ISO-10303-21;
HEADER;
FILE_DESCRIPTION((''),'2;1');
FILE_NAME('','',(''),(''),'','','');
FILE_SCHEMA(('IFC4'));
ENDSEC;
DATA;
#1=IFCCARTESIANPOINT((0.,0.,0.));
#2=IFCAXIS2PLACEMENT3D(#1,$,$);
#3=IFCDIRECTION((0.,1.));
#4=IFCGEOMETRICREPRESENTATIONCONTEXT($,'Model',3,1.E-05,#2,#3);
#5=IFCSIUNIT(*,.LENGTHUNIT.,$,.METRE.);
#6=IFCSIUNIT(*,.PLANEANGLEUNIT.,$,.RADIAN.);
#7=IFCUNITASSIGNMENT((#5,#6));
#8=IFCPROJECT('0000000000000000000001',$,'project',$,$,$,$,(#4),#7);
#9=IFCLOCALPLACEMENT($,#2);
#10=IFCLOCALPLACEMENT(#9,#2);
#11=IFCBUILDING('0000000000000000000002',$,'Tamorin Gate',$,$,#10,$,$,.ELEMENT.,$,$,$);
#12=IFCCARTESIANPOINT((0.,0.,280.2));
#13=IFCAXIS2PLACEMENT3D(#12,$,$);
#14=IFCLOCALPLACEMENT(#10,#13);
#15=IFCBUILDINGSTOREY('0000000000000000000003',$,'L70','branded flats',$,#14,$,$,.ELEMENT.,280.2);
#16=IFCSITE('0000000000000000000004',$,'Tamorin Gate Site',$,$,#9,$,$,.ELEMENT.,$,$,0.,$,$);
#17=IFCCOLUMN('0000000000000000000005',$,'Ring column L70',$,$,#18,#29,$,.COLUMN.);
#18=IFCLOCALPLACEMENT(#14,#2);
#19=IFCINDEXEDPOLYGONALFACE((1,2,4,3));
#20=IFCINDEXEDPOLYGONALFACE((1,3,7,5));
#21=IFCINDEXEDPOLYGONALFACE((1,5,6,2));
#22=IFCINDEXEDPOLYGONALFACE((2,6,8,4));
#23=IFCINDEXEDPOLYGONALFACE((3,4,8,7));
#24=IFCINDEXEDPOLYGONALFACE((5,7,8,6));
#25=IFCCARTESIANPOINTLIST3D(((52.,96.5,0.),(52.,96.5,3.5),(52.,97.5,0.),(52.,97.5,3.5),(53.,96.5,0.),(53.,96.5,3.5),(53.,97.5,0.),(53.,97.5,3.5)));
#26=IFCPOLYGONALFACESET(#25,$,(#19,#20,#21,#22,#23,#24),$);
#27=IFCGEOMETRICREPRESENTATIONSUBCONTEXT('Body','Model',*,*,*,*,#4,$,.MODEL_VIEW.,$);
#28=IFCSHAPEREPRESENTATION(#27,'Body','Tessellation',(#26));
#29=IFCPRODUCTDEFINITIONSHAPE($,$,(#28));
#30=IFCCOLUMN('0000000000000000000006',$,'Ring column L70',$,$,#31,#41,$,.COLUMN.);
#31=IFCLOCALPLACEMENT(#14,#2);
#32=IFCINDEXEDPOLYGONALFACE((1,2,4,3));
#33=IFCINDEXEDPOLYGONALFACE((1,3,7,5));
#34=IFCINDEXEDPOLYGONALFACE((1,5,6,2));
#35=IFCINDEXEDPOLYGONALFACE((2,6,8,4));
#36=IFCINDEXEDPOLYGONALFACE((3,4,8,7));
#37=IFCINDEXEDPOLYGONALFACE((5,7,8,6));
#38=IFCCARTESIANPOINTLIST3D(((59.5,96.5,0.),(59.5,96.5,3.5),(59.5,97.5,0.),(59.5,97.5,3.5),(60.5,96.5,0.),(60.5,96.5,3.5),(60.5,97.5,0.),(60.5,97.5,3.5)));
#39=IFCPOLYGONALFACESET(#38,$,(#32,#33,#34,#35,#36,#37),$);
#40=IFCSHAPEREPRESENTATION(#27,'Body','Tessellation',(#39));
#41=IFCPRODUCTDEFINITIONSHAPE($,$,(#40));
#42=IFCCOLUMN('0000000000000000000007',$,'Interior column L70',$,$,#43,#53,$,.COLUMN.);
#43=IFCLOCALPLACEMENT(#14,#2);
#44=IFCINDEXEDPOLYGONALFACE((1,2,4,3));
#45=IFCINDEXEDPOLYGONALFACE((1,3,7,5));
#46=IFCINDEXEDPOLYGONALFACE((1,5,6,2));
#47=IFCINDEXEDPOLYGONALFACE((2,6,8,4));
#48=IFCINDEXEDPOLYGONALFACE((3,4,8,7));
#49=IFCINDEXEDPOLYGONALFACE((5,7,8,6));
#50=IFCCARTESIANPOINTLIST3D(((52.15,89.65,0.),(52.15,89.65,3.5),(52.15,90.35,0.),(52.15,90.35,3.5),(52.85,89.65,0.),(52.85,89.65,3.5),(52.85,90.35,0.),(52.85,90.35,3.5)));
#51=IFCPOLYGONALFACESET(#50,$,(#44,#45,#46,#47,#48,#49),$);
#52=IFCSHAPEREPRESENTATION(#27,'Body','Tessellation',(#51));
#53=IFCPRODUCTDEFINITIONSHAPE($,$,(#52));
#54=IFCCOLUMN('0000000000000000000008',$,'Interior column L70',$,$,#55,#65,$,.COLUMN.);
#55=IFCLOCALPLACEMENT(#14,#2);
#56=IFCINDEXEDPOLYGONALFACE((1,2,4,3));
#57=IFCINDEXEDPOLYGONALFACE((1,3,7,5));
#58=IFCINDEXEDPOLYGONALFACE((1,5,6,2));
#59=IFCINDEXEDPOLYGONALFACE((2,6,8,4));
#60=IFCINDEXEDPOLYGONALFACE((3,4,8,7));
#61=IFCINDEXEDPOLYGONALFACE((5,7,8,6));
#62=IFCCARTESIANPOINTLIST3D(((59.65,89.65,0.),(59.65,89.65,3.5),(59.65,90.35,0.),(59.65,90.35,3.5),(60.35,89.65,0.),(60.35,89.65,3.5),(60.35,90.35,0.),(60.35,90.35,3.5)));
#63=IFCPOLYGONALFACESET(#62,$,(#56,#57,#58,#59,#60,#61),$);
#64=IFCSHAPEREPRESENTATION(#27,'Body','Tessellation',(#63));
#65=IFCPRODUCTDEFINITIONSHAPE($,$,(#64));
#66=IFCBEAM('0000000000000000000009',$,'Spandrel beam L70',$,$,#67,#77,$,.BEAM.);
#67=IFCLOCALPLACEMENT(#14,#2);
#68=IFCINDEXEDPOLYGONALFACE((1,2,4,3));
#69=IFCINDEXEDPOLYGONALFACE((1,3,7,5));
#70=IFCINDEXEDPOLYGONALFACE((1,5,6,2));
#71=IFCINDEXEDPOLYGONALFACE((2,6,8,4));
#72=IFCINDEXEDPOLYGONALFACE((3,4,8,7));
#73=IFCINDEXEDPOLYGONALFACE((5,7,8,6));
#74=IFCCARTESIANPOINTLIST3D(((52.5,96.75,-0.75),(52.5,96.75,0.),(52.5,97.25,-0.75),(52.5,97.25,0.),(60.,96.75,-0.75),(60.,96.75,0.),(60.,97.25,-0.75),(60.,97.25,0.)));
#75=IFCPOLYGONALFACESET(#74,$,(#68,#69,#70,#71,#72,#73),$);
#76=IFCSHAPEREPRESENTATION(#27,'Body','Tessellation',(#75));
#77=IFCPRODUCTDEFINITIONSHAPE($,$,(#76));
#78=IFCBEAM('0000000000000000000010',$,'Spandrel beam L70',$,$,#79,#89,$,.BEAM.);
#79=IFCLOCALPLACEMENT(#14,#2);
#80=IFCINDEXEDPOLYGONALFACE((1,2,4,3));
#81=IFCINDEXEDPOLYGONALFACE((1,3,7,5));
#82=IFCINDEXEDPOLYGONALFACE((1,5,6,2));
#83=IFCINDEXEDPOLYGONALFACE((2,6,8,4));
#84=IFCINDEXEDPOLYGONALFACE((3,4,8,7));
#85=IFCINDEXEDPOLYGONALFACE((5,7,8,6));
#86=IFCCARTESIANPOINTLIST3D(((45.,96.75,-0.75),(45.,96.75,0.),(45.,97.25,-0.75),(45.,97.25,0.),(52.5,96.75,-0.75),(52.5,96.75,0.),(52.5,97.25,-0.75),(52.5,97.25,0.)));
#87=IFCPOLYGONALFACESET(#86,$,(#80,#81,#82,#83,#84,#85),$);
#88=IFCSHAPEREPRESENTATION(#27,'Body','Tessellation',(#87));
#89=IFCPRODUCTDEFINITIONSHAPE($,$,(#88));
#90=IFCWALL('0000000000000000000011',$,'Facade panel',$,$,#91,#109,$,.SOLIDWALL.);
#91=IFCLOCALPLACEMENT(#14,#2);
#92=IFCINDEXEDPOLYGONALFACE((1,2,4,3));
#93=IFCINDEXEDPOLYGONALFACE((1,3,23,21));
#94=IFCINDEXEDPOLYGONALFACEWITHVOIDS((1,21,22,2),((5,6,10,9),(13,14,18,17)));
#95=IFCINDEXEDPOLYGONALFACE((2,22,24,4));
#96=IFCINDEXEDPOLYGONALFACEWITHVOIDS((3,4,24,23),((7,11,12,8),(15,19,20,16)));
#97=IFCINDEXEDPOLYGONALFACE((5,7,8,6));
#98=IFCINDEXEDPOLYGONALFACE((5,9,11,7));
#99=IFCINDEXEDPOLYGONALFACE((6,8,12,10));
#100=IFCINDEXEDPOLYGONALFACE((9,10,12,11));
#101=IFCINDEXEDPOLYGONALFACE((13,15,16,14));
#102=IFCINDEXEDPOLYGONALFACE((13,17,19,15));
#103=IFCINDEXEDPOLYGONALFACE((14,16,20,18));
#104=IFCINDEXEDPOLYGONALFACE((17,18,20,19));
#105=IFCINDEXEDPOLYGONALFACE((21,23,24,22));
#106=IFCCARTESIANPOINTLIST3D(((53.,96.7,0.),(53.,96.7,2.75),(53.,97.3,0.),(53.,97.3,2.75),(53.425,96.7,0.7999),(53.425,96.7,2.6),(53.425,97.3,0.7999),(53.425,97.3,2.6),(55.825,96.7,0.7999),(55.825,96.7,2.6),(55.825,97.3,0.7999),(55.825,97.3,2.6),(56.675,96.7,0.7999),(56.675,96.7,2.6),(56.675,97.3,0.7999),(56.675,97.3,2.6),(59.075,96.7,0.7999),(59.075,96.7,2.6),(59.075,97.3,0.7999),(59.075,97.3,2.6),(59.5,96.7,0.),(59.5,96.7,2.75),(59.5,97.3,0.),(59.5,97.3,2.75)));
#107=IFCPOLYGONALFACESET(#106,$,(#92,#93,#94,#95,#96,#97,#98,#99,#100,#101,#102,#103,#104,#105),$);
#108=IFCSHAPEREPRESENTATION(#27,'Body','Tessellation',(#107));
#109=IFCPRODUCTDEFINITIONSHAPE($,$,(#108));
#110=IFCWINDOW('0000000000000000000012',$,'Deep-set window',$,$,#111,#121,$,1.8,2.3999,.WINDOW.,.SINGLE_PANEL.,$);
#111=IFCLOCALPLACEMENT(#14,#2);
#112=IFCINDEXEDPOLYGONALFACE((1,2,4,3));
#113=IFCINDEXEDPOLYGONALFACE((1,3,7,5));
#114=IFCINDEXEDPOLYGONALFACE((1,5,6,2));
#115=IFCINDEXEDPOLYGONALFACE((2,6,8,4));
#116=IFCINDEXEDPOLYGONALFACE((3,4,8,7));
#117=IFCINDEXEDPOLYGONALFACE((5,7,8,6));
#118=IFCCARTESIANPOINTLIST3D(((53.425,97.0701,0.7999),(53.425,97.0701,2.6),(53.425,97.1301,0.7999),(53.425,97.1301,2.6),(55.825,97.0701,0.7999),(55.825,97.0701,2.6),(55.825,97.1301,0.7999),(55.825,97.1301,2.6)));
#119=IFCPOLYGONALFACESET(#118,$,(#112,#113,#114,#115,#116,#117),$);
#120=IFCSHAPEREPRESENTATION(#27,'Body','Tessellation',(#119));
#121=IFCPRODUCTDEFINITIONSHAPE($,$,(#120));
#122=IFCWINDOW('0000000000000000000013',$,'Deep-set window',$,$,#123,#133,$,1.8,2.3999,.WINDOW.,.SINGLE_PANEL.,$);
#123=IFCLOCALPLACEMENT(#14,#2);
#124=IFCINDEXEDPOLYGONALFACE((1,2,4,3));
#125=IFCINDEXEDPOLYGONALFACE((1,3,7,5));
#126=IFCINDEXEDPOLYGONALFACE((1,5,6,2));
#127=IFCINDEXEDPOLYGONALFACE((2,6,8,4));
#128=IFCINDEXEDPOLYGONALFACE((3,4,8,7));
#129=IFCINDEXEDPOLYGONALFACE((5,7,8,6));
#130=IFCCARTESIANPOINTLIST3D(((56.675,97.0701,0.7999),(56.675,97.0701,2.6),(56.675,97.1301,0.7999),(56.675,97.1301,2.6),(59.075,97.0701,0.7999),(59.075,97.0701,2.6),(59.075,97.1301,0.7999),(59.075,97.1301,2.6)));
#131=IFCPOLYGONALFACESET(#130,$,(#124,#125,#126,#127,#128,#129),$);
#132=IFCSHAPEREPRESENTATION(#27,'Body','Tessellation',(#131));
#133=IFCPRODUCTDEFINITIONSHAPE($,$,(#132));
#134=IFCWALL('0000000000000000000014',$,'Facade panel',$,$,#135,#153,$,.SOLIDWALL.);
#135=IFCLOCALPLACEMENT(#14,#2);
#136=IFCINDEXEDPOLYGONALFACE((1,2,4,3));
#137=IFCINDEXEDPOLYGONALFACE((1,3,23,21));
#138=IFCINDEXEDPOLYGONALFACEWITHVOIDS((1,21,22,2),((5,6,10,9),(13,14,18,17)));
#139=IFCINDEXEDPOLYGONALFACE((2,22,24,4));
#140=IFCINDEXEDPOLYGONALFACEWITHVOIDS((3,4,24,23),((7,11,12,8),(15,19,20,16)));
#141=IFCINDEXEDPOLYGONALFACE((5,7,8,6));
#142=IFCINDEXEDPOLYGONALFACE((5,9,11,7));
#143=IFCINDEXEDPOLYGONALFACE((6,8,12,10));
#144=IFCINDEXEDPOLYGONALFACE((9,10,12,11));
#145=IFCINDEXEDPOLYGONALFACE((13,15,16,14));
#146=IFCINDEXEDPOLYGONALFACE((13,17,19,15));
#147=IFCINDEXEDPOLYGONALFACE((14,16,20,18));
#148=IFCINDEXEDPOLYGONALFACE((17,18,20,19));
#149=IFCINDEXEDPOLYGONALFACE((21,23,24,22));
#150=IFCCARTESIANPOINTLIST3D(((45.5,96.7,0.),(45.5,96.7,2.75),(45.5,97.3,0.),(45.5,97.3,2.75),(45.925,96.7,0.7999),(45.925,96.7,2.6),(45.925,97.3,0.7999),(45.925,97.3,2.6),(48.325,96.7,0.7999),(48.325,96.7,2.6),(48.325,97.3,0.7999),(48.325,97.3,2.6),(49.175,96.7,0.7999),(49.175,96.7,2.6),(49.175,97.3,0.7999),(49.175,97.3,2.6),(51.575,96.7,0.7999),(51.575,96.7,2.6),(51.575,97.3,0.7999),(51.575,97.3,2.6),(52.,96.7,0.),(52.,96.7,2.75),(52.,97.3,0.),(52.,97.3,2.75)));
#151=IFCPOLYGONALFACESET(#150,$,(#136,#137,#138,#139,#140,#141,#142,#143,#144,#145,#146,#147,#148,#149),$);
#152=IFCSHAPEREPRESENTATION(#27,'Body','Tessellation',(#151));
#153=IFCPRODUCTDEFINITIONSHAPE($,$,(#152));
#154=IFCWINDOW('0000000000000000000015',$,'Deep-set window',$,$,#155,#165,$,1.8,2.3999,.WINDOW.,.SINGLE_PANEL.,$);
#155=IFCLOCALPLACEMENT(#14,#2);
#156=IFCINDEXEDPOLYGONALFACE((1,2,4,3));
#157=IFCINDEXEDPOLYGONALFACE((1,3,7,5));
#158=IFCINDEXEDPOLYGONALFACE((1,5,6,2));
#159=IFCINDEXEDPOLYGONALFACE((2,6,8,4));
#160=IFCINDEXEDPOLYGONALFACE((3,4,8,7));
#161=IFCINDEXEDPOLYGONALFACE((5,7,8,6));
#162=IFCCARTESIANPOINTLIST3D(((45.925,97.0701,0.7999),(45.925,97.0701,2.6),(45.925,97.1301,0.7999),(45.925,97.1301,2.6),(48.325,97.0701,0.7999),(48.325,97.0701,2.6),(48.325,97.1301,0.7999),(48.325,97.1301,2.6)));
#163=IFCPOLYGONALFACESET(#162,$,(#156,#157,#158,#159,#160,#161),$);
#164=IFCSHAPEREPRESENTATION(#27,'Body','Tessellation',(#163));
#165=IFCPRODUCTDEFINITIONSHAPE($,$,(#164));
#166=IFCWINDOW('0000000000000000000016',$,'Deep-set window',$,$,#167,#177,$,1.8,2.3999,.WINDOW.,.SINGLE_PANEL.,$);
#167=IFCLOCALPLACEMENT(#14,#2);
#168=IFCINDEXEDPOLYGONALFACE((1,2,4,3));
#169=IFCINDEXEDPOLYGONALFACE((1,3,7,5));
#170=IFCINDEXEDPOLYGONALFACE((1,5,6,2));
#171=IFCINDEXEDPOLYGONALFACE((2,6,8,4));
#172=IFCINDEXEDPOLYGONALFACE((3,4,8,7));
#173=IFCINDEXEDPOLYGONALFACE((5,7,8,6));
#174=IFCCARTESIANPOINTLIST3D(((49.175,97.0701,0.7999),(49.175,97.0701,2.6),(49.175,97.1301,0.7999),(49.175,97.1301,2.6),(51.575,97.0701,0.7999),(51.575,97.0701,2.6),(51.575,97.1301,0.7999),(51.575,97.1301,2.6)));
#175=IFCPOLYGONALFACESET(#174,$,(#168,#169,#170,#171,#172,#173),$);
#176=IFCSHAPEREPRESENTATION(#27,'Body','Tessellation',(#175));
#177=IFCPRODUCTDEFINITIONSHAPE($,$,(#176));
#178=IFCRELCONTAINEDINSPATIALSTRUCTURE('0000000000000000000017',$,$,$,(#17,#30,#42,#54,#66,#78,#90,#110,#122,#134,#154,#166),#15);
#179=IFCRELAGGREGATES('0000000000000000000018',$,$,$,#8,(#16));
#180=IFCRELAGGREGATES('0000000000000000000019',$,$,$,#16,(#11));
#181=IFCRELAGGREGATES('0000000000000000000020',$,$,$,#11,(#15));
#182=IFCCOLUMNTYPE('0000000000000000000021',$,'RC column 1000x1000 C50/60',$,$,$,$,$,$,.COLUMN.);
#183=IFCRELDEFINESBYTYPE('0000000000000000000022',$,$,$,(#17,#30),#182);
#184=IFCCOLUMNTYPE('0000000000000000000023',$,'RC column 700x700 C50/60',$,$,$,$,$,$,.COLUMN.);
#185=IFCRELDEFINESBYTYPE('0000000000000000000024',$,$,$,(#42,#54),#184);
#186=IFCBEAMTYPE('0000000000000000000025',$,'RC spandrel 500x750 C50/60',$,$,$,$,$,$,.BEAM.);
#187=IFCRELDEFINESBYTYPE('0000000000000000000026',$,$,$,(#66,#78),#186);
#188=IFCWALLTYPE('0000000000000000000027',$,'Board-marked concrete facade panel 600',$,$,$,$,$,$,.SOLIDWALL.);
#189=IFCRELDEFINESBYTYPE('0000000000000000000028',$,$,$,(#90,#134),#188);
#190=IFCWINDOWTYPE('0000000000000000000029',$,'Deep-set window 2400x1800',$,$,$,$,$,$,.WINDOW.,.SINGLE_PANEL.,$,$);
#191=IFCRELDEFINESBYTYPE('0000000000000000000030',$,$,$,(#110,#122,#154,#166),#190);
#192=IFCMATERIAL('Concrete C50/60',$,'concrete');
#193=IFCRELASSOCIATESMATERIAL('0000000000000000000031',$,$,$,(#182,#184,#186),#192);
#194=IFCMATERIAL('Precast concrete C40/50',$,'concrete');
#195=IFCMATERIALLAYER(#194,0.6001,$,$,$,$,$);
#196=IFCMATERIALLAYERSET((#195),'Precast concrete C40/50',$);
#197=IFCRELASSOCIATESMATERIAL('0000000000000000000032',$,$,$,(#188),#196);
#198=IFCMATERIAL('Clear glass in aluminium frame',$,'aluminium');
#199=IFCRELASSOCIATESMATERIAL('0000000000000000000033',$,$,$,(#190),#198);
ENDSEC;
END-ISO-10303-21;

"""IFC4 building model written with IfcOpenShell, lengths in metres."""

from ifc_helpers import new_model, si_unit, direction, frame, frame_2d, origin, origin_2d, place, context, subcontext, project, spatial, rectangle, extrude, material, layer, layer_set, material_profile, profile_set, type_object, element, fill, save


model = new_model("IFC4")

# Units and contexts
model_context = context("Model", 3, precision=1e-05, world=origin(), true_north=direction((0.0, 1.0)))
body_context = subcontext(model_context, "Body", "Model", "MODEL_VIEW")
ifc_project = project(units=[si_unit("LENGTHUNIT", "METRE"), si_unit("PLANEANGLEUNIT", "RADIAN")], contexts=[model_context])

# Site, building, storey
site_placement = place(None, origin())
site = spatial("IfcSite", under=ifc_project, at=site_placement, Name="Tamorin Gate Site", CompositionType="ELEMENT", RefElevation=0.0)
building_placement = place(site_placement, origin())
building = spatial("IfcBuilding", under=site, at=building_placement, Name="Tamorin Gate", CompositionType="ELEMENT")
storey_placement = place(building_placement, frame((0.0, 0.0, 280.2)))
storey = spatial("IfcBuildingStorey", under=building, at=storey_placement, Name="L70", Description="branded flats", CompositionType="ELEMENT", Elevation=280.2)

# Columns
ifc_material_1 = material(Name="Concrete C50/60", Category="concrete")
ifc_material_profile_1 = material_profile(ifc_material_1, rectangle(XDim=1.0, YDim=1.0, at=origin_2d()), Name="RC 1000x1000")
ifc_profile_set_1 = profile_set([ifc_material_profile_1], Name="Concrete C50/60")
column_type_1 = type_object("IfcColumnType", Name="RC column 1000x1000 C50/60", PredefinedType="COLUMN", material=ifc_profile_set_1)
for number, where, z_axis, x_axis, name in (
    (1, (52.5, 97.0, 0.0), (0.0, 0.0, 1.0), (1.0, 0.0, 0.0), "Ring column L70"),
    (2, (60.0, 97.0, 0.0), (0.0, 0.0, 1.0), (1.0, 0.0, 0.0), "Ring column L70"),
):
    element("IfcColumn", number, at=place(storey_placement, frame(where, z_axis=z_axis, x_axis=x_axis)), inside=storey, type_object=column_type_1, Name=name, PredefinedType="COLUMN", context=body_context, shape_type="SweptSolid", body=[
        extrude(rectangle(XDim=1.0, YDim=1.0, at=origin_2d()), origin(), (0.0, 0.0, 1.0), 3.5),
    ])
ifc_material_profile_2 = material_profile(ifc_material_1, rectangle(XDim=0.7, YDim=0.7, at=origin_2d()), Name="RC 700x700")
ifc_profile_set_2 = profile_set([ifc_material_profile_2], Name="Concrete C50/60")
column_type_2 = type_object("IfcColumnType", Name="RC column 700x700 C50/60", PredefinedType="COLUMN", material=ifc_profile_set_2)
for number, where, z_axis, x_axis, name in (
    (3, (52.5, 90.0, 0.0), (0.0, 0.0, 1.0), (1.0, 0.0, 0.0), "Interior column L70"),
    (4, (60.0, 90.0, 0.0), (0.0, 0.0, 1.0), (1.0, 0.0, 0.0), "Interior column L70"),
):
    element("IfcColumn", number, at=place(storey_placement, frame(where, z_axis=z_axis, x_axis=x_axis)), inside=storey, type_object=column_type_2, Name=name, PredefinedType="COLUMN", context=body_context, shape_type="SweptSolid", body=[
        extrude(rectangle(XDim=0.7, YDim=0.7, at=origin_2d()), origin(), (0.0, 0.0, 1.0), 3.5),
    ])

# Beams
ifc_material_profile_3 = material_profile(ifc_material_1, rectangle(XDim=0.5, YDim=0.75, at=origin_2d()), Name="RC 500x750")
ifc_profile_set_3 = profile_set([ifc_material_profile_3], Name="Concrete C50/60")
beam_type = type_object("IfcBeamType", Name="RC spandrel 500x750 C50/60", PredefinedType="BEAM", material=ifc_profile_set_3)
for number, where, z_axis, x_axis, name in (
    (5, (60.0, 97.0, -0.375), (-1.0, 0.0, 0.0), (0.0, -1.0, 0.0), "Spandrel beam L70"),
    (6, (52.5, 97.0, -0.375), (-1.0, 0.0, 0.0), (0.0, -1.0, 0.0), "Spandrel beam L70"),
):
    element("IfcBeam", number, at=place(storey_placement, frame(where, z_axis=z_axis, x_axis=x_axis)), inside=storey, type_object=beam_type, Name=name, PredefinedType="BEAM", context=body_context, shape_type="SweptSolid", body=[
        extrude(rectangle(XDim=0.5, YDim=0.75, at=origin_2d()), origin(), (0.0, 0.0, 1.0), 7.5),
    ])

# Walls, openings, windows
ifc_material_2 = material(Name="Precast concrete C40/50", Category="concrete")
ifc_layer_1 = layer(ifc_material_2, 0.6001)
ifc_layer_set_1 = layer_set([ifc_layer_1], Name="Precast concrete C40/50")
wall_type_1 = type_object("IfcWallType", Name="Board-marked concrete facade panel 600", PredefinedType="SOLIDWALL", material=ifc_layer_set_1)
wall_1_placement = place(storey_placement, frame((59.5, 97.0, 0.0), z_axis=(0.0, 0.0, 1.0), x_axis=(-1.0, 0.0, 0.0)))
wall_1 = element("IfcWall", 7, at=wall_1_placement, inside=storey, type_object=wall_type_1, Name="Facade panel", PredefinedType="SOLIDWALL", context=body_context, shape_type="SweptSolid", body=[
    extrude(rectangle(XDim=6.5, YDim=0.6001, at=frame_2d((3.25, 0.0))), origin(), (0.0, 0.0, 1.0), 2.75),
])
opening_1_placement = place(wall_1_placement, frame((3.675, 0.0, 0.8)))
opening_1 = element("IfcOpeningElement", 8, at=opening_1_placement, cuts=wall_1, PredefinedType="OPENING", context=body_context, shape_type="SweptSolid", body=[
    extrude(rectangle(XDim=2.3999, YDim=1.8, at=frame_2d((1.2, 0.8999))), frame((0.0, 0.3101, 0.0), z_axis=(0.0, -1.0, 0.0), x_axis=(1.0, 0.0, 0.0)), (0.0, 0.0, 1.0), 0.6201),
])
opening_2_placement = place(wall_1_placement, frame((0.425, 0.0, 0.8)))
opening_2 = element("IfcOpeningElement", 9, at=opening_2_placement, cuts=wall_1, PredefinedType="OPENING", context=body_context, shape_type="SweptSolid", body=[
    extrude(rectangle(XDim=2.3999, YDim=1.8, at=frame_2d((1.2, 0.8999))), frame((0.0, 0.3101, 0.0), z_axis=(0.0, -1.0, 0.0), x_axis=(1.0, 0.0, 0.0)), (0.0, 0.0, 1.0), 0.6201),
])
ifc_material_3 = material(Name="Clear glass in aluminium frame", Category="aluminium")
window_type = type_object("IfcWindowType", Name="Deep-set window 2400x1800", PartitioningType="SINGLE_PANEL", PredefinedType="WINDOW", material=ifc_material_3)
window_1_placement = place(opening_1_placement, origin())
window_1 = element("IfcWindow", 10, at=window_1_placement, inside=storey, type_object=window_type, Name="Deep-set window", OverallHeight=1.8, OverallWidth=2.3999, PartitioningType="SINGLE_PANEL", PredefinedType="WINDOW", context=body_context, shape_type="SweptSolid", body=[
    extrude(rectangle(XDim=2.3999, YDim=1.8, at=frame_2d((1.2, 0.8999))), frame((0.0, -0.0701, 0.0), z_axis=(0.0, -1.0, 0.0), x_axis=(1.0, 0.0, 0.0)), (0.0, 0.0, 1.0), 0.0601),
])
fill(opening_1, window_1)
window_2_placement = place(opening_2_placement, origin())
window_2 = element("IfcWindow", 11, at=window_2_placement, inside=storey, type_object=window_type, Name="Deep-set window", OverallHeight=1.8, OverallWidth=2.3999, PartitioningType="SINGLE_PANEL", PredefinedType="WINDOW", context=body_context, shape_type="SweptSolid", body=[
    extrude(rectangle(XDim=2.3999, YDim=1.8, at=frame_2d((1.2, 0.8999))), frame((0.0, -0.0701, 0.0), z_axis=(0.0, -1.0, 0.0), x_axis=(1.0, 0.0, 0.0)), (0.0, 0.0, 1.0), 0.0601),
])
fill(opening_2, window_2)
wall_2_placement = place(storey_placement, frame((52.0, 97.0, 0.0), z_axis=(0.0, 0.0, 1.0), x_axis=(-1.0, 0.0, 0.0)))
wall_2 = element("IfcWall", 12, at=wall_2_placement, inside=storey, type_object=wall_type_1, Name="Facade panel", PredefinedType="SOLIDWALL", context=body_context, shape_type="SweptSolid", body=[
    extrude(rectangle(XDim=6.5, YDim=0.6001, at=frame_2d((3.25, 0.0))), origin(), (0.0, 0.0, 1.0), 2.75),
])
opening_3_placement = place(wall_2_placement, frame((3.675, 0.0, 0.8)))
opening_3 = element("IfcOpeningElement", 13, at=opening_3_placement, cuts=wall_2, PredefinedType="OPENING", context=body_context, shape_type="SweptSolid", body=[
    extrude(rectangle(XDim=2.3999, YDim=1.8, at=frame_2d((1.2, 0.8999))), frame((0.0, 0.3101, 0.0), z_axis=(0.0, -1.0, 0.0), x_axis=(1.0, 0.0, 0.0)), (0.0, 0.0, 1.0), 0.6201),
])
opening_4_placement = place(wall_2_placement, frame((0.425, 0.0, 0.8)))
opening_4 = element("IfcOpeningElement", 14, at=opening_4_placement, cuts=wall_2, PredefinedType="OPENING", context=body_context, shape_type="SweptSolid", body=[
    extrude(rectangle(XDim=2.3999, YDim=1.8, at=frame_2d((1.2, 0.8999))), frame((0.0, 0.3101, 0.0), z_axis=(0.0, -1.0, 0.0), x_axis=(1.0, 0.0, 0.0)), (0.0, 0.0, 1.0), 0.6201),
])
window_3_placement = place(opening_3_placement, origin())
window_3 = element("IfcWindow", 15, at=window_3_placement, inside=storey, type_object=window_type, Name="Deep-set window", OverallHeight=1.8, OverallWidth=2.3999, PartitioningType="SINGLE_PANEL", PredefinedType="WINDOW", context=body_context, shape_type="SweptSolid", body=[
    extrude(rectangle(XDim=2.3999, YDim=1.8, at=frame_2d((1.2, 0.8999))), frame((0.0, -0.0701, 0.0), z_axis=(0.0, -1.0, 0.0), x_axis=(1.0, 0.0, 0.0)), (0.0, 0.0, 1.0), 0.0601),
])
fill(opening_3, window_3)
window_4_placement = place(opening_4_placement, origin())
window_4 = element("IfcWindow", 16, at=window_4_placement, inside=storey, type_object=window_type, Name="Deep-set window", OverallHeight=1.8, OverallWidth=2.3999, PartitioningType="SINGLE_PANEL", PredefinedType="WINDOW", context=body_context, shape_type="SweptSolid", body=[
    extrude(rectangle(XDim=2.3999, YDim=1.8, at=frame_2d((1.2, 0.8999))), frame((0.0, -0.0701, 0.0), z_axis=(0.0, -1.0, 0.0), x_axis=(1.0, 0.0, 0.0)), (0.0, 0.0, 1.0), 0.0601),
])
fill(opening_4, window_4)

save(model, "model.ifc")
